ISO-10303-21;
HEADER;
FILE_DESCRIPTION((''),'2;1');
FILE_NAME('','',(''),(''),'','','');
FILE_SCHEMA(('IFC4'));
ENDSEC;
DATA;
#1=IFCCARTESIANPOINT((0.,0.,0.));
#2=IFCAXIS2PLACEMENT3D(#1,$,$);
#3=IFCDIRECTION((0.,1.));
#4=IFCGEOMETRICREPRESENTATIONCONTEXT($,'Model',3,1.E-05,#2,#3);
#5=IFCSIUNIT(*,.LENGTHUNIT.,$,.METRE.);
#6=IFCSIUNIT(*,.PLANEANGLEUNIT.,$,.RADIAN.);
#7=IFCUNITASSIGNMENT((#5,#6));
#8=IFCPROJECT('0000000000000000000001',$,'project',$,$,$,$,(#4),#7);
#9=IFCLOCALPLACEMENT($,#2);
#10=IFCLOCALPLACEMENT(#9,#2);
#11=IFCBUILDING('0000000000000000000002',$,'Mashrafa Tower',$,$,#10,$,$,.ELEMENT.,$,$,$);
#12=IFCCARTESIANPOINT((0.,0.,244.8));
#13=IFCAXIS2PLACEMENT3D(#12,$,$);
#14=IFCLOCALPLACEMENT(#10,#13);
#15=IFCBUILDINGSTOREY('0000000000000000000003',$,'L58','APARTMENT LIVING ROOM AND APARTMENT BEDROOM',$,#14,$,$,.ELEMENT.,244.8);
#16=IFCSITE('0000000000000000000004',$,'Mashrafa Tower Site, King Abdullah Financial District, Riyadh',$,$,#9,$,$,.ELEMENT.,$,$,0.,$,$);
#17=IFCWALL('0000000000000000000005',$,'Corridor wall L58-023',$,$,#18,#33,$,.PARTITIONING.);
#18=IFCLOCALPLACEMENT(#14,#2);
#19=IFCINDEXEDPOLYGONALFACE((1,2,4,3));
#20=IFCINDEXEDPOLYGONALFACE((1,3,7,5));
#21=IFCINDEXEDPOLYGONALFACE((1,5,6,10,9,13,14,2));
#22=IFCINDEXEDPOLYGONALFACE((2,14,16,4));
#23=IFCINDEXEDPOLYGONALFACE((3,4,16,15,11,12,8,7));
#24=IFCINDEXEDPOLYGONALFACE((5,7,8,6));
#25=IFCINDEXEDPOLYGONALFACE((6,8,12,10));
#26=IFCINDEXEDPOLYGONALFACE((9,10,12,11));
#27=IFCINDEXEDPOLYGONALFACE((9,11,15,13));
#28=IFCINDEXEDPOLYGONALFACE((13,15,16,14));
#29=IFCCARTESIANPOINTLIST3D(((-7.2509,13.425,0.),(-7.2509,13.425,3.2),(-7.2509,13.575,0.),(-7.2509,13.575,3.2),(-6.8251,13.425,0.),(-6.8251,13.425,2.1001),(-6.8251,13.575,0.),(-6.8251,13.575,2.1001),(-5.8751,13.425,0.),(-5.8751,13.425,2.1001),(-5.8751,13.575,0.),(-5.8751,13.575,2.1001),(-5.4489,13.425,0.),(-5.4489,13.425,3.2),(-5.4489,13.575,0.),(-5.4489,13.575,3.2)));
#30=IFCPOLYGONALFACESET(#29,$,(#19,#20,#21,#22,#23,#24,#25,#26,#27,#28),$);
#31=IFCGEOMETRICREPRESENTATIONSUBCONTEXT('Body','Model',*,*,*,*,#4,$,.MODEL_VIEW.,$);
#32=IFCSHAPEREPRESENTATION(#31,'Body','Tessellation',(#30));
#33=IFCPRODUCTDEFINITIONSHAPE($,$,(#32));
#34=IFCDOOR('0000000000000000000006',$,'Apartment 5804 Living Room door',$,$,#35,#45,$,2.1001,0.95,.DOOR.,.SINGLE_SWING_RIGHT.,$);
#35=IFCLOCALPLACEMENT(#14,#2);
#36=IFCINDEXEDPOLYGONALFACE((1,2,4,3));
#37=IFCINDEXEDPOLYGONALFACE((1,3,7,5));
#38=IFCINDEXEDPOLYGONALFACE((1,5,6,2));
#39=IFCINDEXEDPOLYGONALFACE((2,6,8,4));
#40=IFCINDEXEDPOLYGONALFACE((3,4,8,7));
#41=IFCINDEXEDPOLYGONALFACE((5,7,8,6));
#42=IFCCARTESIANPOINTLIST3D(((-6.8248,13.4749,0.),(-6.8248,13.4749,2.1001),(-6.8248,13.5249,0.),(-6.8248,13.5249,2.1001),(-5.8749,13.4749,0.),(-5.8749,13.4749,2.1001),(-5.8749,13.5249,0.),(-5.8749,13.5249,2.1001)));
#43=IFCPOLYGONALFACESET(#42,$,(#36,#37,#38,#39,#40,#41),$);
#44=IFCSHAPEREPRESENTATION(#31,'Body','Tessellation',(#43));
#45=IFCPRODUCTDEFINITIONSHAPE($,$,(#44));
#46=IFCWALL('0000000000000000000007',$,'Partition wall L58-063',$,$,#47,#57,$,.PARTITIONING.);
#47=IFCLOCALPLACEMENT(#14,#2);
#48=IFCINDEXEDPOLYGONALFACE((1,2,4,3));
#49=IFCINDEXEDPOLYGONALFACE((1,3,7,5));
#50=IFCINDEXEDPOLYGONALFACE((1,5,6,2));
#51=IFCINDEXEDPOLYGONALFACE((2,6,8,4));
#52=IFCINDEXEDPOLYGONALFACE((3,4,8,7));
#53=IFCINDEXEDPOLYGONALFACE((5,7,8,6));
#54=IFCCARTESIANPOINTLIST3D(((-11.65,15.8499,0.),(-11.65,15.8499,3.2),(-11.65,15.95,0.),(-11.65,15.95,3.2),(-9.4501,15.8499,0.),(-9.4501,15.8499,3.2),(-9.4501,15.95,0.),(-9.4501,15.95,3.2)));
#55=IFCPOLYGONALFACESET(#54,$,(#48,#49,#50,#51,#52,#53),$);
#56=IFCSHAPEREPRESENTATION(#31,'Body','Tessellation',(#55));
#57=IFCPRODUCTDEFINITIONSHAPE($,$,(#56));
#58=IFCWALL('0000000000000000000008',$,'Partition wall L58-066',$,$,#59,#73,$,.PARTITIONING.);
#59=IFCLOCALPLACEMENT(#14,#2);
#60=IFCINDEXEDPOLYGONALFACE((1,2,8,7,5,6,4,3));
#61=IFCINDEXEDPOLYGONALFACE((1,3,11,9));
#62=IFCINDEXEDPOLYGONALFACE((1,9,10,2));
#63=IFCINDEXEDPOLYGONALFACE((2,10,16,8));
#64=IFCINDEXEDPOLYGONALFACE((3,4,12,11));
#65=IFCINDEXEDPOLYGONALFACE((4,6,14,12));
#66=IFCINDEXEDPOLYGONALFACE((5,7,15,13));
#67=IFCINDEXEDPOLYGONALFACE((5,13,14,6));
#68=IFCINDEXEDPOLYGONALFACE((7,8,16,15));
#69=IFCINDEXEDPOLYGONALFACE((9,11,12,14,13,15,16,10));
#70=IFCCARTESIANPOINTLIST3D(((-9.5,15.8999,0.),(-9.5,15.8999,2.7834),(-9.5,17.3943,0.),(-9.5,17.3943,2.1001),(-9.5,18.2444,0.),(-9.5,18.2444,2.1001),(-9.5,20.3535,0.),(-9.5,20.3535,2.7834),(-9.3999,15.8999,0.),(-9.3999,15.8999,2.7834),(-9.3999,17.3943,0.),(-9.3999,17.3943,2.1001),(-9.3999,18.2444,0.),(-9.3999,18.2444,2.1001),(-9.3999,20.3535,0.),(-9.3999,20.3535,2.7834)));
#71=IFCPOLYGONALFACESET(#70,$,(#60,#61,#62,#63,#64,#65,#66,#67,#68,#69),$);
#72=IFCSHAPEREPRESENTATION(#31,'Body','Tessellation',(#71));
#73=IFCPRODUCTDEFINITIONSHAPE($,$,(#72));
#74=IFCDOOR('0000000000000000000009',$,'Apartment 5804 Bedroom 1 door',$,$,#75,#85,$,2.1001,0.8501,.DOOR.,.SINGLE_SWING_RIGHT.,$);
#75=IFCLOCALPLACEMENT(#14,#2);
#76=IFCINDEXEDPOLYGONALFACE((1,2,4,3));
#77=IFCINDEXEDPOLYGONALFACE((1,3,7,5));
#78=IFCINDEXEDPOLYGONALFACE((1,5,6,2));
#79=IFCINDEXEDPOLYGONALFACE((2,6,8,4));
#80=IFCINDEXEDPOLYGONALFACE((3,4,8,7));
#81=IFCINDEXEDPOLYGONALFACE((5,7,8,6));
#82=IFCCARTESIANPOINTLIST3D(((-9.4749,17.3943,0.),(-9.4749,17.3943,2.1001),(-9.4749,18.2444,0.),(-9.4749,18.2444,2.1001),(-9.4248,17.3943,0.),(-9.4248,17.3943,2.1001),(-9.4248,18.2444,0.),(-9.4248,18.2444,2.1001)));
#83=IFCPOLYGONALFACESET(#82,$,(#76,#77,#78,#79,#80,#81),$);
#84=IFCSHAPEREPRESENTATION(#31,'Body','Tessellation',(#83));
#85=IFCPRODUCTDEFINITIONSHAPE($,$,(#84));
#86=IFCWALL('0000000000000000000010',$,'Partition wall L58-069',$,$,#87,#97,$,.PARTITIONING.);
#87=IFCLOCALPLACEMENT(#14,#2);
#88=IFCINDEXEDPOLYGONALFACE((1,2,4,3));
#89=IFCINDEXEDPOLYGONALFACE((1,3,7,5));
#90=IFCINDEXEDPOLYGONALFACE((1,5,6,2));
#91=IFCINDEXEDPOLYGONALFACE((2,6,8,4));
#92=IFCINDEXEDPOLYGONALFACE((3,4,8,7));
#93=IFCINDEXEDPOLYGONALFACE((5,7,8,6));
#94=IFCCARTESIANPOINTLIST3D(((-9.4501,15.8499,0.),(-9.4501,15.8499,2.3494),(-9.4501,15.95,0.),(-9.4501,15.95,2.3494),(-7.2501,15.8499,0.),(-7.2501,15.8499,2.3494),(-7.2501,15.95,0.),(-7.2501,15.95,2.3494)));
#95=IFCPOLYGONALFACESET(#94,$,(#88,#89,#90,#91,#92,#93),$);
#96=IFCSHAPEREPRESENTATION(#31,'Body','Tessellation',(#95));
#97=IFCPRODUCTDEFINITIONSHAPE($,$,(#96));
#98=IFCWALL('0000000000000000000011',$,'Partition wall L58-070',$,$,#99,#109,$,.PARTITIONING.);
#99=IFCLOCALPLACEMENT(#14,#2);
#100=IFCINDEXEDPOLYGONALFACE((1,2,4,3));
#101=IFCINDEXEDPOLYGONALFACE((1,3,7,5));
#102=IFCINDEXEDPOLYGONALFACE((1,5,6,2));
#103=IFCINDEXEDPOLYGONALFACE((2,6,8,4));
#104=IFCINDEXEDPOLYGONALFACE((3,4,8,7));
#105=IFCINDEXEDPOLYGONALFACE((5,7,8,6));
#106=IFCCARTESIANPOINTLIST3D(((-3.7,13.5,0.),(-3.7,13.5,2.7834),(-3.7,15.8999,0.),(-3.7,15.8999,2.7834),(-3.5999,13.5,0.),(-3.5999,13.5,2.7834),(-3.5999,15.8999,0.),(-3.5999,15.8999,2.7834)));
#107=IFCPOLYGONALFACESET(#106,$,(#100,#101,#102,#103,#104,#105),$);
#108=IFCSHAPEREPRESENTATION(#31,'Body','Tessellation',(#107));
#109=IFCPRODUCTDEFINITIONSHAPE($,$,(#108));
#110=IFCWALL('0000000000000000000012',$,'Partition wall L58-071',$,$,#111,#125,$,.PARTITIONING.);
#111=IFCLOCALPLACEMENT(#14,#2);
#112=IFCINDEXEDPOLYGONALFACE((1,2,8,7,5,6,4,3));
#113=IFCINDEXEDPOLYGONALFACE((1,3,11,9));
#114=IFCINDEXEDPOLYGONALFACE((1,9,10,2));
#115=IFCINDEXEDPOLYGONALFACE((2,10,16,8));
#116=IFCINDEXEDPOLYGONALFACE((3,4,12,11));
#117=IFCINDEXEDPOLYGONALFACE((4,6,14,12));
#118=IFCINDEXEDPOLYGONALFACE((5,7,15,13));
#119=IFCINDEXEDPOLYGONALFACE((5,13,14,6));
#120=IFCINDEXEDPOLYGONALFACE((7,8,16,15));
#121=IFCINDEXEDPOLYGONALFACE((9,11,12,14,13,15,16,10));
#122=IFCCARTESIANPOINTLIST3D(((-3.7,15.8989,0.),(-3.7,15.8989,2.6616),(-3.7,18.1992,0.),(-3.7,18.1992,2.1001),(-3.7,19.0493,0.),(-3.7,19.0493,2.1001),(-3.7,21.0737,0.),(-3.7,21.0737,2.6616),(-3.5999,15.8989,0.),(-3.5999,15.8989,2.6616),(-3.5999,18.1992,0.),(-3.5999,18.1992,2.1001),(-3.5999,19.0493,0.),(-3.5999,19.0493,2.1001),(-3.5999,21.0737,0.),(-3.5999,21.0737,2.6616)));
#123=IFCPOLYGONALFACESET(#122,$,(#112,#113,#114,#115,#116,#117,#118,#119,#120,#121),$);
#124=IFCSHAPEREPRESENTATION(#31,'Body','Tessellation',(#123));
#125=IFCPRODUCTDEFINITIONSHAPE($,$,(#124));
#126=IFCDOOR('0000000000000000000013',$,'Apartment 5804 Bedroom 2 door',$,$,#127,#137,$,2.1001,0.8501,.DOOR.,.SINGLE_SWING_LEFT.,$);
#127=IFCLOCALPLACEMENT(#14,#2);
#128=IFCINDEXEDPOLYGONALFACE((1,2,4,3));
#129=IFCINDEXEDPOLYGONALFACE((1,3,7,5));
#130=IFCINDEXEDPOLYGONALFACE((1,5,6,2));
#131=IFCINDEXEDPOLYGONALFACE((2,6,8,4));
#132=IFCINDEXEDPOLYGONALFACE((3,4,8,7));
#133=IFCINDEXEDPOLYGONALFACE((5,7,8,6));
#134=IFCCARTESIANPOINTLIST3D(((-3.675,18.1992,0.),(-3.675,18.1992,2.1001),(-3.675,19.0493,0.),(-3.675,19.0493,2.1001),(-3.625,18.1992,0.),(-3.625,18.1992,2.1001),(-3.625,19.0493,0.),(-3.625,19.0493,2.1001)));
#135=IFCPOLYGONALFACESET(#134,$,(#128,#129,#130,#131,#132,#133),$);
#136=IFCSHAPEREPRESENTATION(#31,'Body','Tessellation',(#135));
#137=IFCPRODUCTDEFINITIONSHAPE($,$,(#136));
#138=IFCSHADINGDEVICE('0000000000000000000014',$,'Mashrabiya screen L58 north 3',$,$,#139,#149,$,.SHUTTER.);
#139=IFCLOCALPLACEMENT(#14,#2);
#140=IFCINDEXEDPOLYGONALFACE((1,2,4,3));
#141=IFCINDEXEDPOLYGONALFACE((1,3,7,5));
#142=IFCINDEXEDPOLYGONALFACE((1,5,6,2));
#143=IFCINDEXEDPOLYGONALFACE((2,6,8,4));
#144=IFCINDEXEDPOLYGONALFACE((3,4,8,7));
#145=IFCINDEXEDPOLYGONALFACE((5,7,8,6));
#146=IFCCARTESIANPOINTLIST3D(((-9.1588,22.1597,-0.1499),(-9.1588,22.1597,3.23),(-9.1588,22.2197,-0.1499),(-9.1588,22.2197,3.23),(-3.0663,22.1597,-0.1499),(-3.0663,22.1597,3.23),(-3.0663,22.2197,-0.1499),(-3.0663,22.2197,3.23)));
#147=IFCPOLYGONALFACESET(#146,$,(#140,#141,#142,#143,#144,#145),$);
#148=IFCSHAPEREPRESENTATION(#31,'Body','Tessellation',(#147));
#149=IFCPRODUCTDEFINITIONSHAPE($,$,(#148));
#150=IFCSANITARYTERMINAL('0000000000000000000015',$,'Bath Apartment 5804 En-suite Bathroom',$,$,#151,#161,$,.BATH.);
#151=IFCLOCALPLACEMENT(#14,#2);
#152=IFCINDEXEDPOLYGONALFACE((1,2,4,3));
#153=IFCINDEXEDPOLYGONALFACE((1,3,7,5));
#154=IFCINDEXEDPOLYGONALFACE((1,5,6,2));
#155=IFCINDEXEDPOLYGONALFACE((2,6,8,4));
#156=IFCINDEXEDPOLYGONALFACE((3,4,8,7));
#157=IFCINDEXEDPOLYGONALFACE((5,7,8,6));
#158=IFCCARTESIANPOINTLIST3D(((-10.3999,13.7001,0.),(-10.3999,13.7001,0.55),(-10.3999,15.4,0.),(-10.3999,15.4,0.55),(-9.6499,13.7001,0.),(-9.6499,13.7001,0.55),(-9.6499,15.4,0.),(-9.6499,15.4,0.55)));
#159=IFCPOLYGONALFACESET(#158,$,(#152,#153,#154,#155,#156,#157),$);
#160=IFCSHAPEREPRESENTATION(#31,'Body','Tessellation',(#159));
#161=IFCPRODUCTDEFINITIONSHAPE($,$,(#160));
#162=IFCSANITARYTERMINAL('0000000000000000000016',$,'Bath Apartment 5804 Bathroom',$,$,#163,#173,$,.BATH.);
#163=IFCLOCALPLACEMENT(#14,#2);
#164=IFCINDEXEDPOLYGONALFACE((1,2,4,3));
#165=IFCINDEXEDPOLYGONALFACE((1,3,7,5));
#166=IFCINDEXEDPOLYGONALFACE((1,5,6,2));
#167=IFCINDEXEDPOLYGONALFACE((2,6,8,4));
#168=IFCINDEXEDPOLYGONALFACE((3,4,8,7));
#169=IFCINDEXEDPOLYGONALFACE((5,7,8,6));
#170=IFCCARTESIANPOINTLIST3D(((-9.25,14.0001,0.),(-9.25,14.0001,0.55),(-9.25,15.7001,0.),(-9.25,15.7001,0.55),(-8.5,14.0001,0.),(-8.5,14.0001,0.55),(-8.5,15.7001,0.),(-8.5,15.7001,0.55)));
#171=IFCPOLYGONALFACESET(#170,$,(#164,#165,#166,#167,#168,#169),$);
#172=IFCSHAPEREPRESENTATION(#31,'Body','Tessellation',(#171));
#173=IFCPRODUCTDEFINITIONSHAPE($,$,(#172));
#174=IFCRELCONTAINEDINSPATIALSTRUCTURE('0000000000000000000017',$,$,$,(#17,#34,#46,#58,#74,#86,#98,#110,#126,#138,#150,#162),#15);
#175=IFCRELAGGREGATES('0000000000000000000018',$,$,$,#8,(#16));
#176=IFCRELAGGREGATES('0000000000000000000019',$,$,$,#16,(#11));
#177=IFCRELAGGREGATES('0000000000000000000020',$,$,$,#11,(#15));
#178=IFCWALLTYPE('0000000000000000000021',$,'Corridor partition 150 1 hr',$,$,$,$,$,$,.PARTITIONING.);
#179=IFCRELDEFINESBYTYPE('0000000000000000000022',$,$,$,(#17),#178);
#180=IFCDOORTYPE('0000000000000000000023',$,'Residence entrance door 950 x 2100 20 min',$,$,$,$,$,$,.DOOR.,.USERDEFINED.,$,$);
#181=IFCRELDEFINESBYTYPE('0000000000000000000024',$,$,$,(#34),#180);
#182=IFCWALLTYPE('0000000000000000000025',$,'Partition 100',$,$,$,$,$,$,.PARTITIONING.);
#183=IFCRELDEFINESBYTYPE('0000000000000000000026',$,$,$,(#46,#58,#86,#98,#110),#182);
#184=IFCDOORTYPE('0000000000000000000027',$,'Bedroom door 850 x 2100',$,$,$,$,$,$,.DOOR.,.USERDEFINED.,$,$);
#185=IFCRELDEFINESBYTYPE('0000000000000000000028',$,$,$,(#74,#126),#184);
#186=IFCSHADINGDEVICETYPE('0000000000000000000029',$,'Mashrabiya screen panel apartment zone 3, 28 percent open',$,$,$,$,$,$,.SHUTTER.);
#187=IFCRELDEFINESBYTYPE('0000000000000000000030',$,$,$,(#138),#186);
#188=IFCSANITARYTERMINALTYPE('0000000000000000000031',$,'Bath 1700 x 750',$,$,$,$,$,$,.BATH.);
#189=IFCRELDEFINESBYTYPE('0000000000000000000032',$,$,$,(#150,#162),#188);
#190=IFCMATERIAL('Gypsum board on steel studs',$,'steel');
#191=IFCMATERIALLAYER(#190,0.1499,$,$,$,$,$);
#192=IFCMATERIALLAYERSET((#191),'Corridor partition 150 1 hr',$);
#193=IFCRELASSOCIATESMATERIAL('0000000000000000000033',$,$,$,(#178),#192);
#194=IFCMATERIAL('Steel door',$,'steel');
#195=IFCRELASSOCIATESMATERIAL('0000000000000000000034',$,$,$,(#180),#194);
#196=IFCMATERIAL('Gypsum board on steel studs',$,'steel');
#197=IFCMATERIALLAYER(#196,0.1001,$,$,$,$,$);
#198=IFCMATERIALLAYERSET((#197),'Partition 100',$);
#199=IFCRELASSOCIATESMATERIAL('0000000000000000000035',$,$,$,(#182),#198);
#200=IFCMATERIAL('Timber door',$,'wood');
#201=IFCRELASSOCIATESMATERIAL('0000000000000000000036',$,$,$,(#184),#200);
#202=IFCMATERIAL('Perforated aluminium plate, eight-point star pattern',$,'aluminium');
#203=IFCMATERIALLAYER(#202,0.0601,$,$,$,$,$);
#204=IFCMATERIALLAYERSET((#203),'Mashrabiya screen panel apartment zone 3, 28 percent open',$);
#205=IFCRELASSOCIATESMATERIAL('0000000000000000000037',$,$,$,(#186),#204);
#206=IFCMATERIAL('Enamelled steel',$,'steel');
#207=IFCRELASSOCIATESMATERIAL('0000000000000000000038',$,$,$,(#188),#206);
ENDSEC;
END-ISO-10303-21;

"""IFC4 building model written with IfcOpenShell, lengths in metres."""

from ifc_helpers import new_model, si_unit, direction, frame, frame_2d, origin, origin_2d, place, context, subcontext, project, spatial, rectangle, extrude, source, transform, mapped, material, layer, layer_set, type_object, type_shapes, element, fill, save


model = new_model("IFC4")

# Units and contexts
model_context = context("Model", 3, precision=1e-05, world=origin(), true_north=direction((0.0, 1.0)))
body_context = subcontext(model_context, "Body", "Model", "MODEL_VIEW")
ifc_project = project(units=[si_unit("LENGTHUNIT", "METRE"), si_unit("PLANEANGLEUNIT", "RADIAN")], contexts=[model_context])

# Site, building, storey
site_placement = place(None, origin())
site = spatial("IfcSite", under=ifc_project, at=site_placement, Name="Mashrafa Tower Site, King Abdullah Financial District, Riyadh", CompositionType="ELEMENT", RefElevation=0.0)
building_placement = place(site_placement, origin())
building = spatial("IfcBuilding", under=site, at=building_placement, Name="Mashrafa Tower", CompositionType="ELEMENT")
storey_placement = place(building_placement, frame((0.0, 0.0, 244.8)))
storey = spatial("IfcBuildingStorey", under=building, at=storey_placement, Name="L58", Description="APARTMENT LIVING ROOM AND APARTMENT BEDROOM", CompositionType="ELEMENT", Elevation=244.8)

# Shared definitions
ifc_material_1 = material(Name="Gypsum board on steel studs", Category="steel")
ifc_layer_1 = layer(ifc_material_1, 0.1499)
ifc_layer_set_1 = layer_set([ifc_layer_1], Name="Corridor partition 150 1 hr")
wall_type_1 = type_object("IfcWallType", Name="Corridor partition 150 1 hr", PredefinedType="PARTITIONING", material=ifc_layer_set_1)

# Wall, opening, door
wall_1_placement = place(storey_placement, frame((-5.449, 13.5, 0.0), z_axis=(0.0, 0.0, 1.0), x_axis=(-1.0, 0.0, 0.0)))
wall_1 = element("IfcWall", 1, at=wall_1_placement, inside=storey, type_object=wall_type_1, Name="Corridor wall L58-023", PredefinedType="PARTITIONING", context=body_context, shape_type="SweptSolid", body=[
    extrude(rectangle(XDim=1.802, YDim=0.1499, at=frame_2d((0.9009, 0.0))), origin(), (0.0, 0.0, 1.0), 3.2),
])
opening_1_placement = place(wall_1_placement, frame((0.426, 0.0, 0.0)))
opening_1 = element("IfcOpeningElement", 2, at=opening_1_placement, cuts=wall_1, PredefinedType="OPENING", context=body_context, shape_type="SweptSolid", body=[
    extrude(rectangle(XDim=0.95, YDim=2.1001, at=frame_2d((0.4751, 1.05))), frame((0.0, 0.085, 0.0), z_axis=(0.0, -1.0, 0.0), x_axis=(1.0, 0.0, 0.0)), (0.0, 0.0, 1.0), 0.1699),
])
ifc_material_2 = material(Name="Steel door", Category="steel")
door_type_1 = type_object("IfcDoorType", Name="Residence entrance door 950 x 2100 20 min", OperationType="USERDEFINED", PredefinedType="DOOR", material=ifc_material_2)
door_1_placement = place(opening_1_placement, frame((0.95, 0.0, 0.0), z_axis=(0.0, 0.0, 1.0), x_axis=(-1.0, 0.0, 0.0)))
door_1 = element("IfcDoor", 3, at=door_1_placement, inside=storey, type_object=door_type_1, Name="Apartment 5804 Living Room door", OperationType="SINGLE_SWING_RIGHT", OverallHeight=2.1001, OverallWidth=0.95, PredefinedType="DOOR", context=body_context, shape_type="SweptSolid", body=[
    extrude(rectangle(XDim=0.95, YDim=2.1001, at=frame_2d((0.4751, 1.05))), frame((0.0, 0.0249, 0.0), z_axis=(0.0, -1.0, 0.0), x_axis=(1.0, 0.0, 0.0)), (0.0, 0.0, 1.0), 0.05),
])
fill(opening_1, door_1)

# Wall
ifc_material_3 = material(Name="Gypsum board on steel studs", Category="steel")
ifc_layer_2 = layer(ifc_material_3, 0.1001)
ifc_layer_set_2 = layer_set([ifc_layer_2], Name="Partition 100")
wall_type_2 = type_object("IfcWallType", Name="Partition 100", PredefinedType="PARTITIONING", material=ifc_layer_set_2)
wall_2_placement = place(storey_placement, frame((-9.45, 15.8999, 0.0), z_axis=(0.0, 0.0, 1.0), x_axis=(-1.0, 0.0, 0.0)))
element("IfcWall", 4, at=wall_2_placement, inside=storey, type_object=wall_type_2, Name="Partition wall L58-063", PredefinedType="PARTITIONING", context=body_context, shape_type="SweptSolid", body=[
    extrude(rectangle(XDim=2.2, YDim=0.1001, at=frame_2d((1.1001, 0.0))), origin(), (0.0, 0.0, 1.0), 3.2),
])

# Wall, opening, door
wall_3_placement = place(storey_placement, frame((-9.45, 15.8999, 0.0), z_axis=(0.0, 0.0, 1.0), x_axis=(0.0, 1.0, 0.0)))
wall_3 = element("IfcWall", 5, at=wall_3_placement, inside=storey, type_object=wall_type_2, Name="Partition wall L58-066", PredefinedType="PARTITIONING", context=body_context, shape_type="SweptSolid", body=[
    extrude(rectangle(XDim=4.4536, YDim=0.1001, at=frame_2d((2.2268, 0.0))), origin(), (0.0, 0.0, 1.0), 2.7834),
])
opening_2_placement = place(wall_3_placement, frame((1.4944, 0.0, 0.0)))
opening_2 = element("IfcOpeningElement", 6, at=opening_2_placement, cuts=wall_3, PredefinedType="OPENING", context=body_context, shape_type="SweptSolid", body=[
    extrude(rectangle(XDim=0.8501, YDim=2.1001, at=frame_2d((0.425, 1.05))), frame((0.0, 0.0601, 0.0), z_axis=(0.0, -1.0, 0.0), x_axis=(1.0, 0.0, 0.0)), (0.0, 0.0, 1.0), 0.1201),
])
ifc_material_4 = material(Name="Timber door", Category="wood")
door_type_2 = type_object("IfcDoorType", Name="Bedroom door 850 x 2100", OperationType="USERDEFINED", PredefinedType="DOOR", material=ifc_material_4)
door_2_placement = place(opening_2_placement, origin())
door_2 = element("IfcDoor", 7, at=door_2_placement, inside=storey, type_object=door_type_2, Name="Apartment 5804 Bedroom 1 door", OperationType="SINGLE_SWING_RIGHT", OverallHeight=2.1001, OverallWidth=0.8501, PredefinedType="DOOR", context=body_context, shape_type="SweptSolid", body=[
    extrude(rectangle(XDim=0.8501, YDim=2.1001, at=frame_2d((0.425, 1.05))), frame((0.0, 0.0249, 0.0), z_axis=(0.0, -1.0, 0.0), x_axis=(1.0, 0.0, 0.0)), (0.0, 0.0, 1.0), 0.05),
])
fill(opening_2, door_2)

# Walls
wall_4_placement = place(storey_placement, frame((-7.25, 15.8999, 0.0), z_axis=(0.0, 0.0, 1.0), x_axis=(-1.0, 0.0, 0.0)))
element("IfcWall", 8, at=wall_4_placement, inside=storey, type_object=wall_type_2, Name="Partition wall L58-069", PredefinedType="PARTITIONING", context=body_context, shape_type="SweptSolid", body=[
    extrude(rectangle(XDim=2.2, YDim=0.1001, at=frame_2d((1.1001, 0.0))), origin(), (0.0, 0.0, 1.0), 2.3494),
])
wall_5_placement = place(storey_placement, frame((-3.6499, 13.5, 0.0), z_axis=(0.0, 0.0, 1.0), x_axis=(0.0, 1.0, 0.0)))
element("IfcWall", 9, at=wall_5_placement, inside=storey, type_object=wall_type_2, Name="Partition wall L58-070", PredefinedType="PARTITIONING", context=body_context, shape_type="SweptSolid", body=[
    extrude(rectangle(XDim=2.3999, YDim=0.1001, at=frame_2d((1.2, 0.0))), origin(), (0.0, 0.0, 1.0), 2.7834),
])

# Wall, opening, door
wall_6_placement = place(storey_placement, frame((-3.6499, 21.0737, 0.0), z_axis=(0.0, 0.0, 1.0), x_axis=(0.0, -1.0, 0.0)))
wall_6 = element("IfcWall", 10, at=wall_6_placement, inside=storey, type_object=wall_type_2, Name="Partition wall L58-071", PredefinedType="PARTITIONING", context=body_context, shape_type="SweptSolid", body=[
    extrude(rectangle(XDim=5.1748, YDim=0.1001, at=frame_2d((2.5874, 0.0))), origin(), (0.0, 0.0, 1.0), 2.6616),
])
opening_3_placement = place(wall_6_placement, frame((2.0244, 0.0, 0.0)))
opening_3 = element("IfcOpeningElement", 11, at=opening_3_placement, cuts=wall_6, PredefinedType="OPENING", context=body_context, shape_type="SweptSolid", body=[
    extrude(rectangle(XDim=0.8501, YDim=2.1001, at=frame_2d((0.425, 1.05))), frame((0.0, 0.0601, 0.0), z_axis=(0.0, -1.0, 0.0), x_axis=(1.0, 0.0, 0.0)), (0.0, 0.0, 1.0), 0.1201),
])
door_3_placement = place(opening_3_placement, origin())
door_3 = element("IfcDoor", 12, at=door_3_placement, inside=storey, type_object=door_type_2, Name="Apartment 5804 Bedroom 2 door", OperationType="SINGLE_SWING_LEFT", OverallHeight=2.1001, OverallWidth=0.8501, PredefinedType="DOOR", context=body_context, shape_type="SweptSolid", body=[
    extrude(rectangle(XDim=0.8501, YDim=2.1001, at=frame_2d((0.425, 1.05))), frame((0.0, 0.0249, 0.0), z_axis=(0.0, -1.0, 0.0), x_axis=(1.0, 0.0, 0.0)), (0.0, 0.0, 1.0), 0.05),
])
fill(opening_3, door_3)

# Shading device
ifc_material_5 = material(Name="Perforated aluminium plate, eight-point star pattern", Category="aluminium")
ifc_layer_3 = layer(ifc_material_5, 0.0601)
ifc_layer_set_3 = layer_set([ifc_layer_3], Name="Mashrabiya screen panel apartment zone 3, 28 percent open")
shading_device_type = type_object("IfcShadingDeviceType", Name="Mashrabiya screen panel apartment zone 3, 28 percent open", PredefinedType="SHUTTER", material=ifc_layer_set_3)
shared_shape_1 = source(origin(), body_context, "Body", "SweptSolid", [
    extrude(rectangle(XDim=6.0925, YDim=0.0601, at=origin_2d()), origin(), (0.0, 0.0, 1.0), 3.3799),
])
type_shapes(shading_device_type, [shared_shape_1])
shading_device_placement = place(storey_placement, frame((-6.1125, 22.1897, -0.1499), z_axis=(0.0, 0.0, 1.0), x_axis=(-1.0, 0.0, 0.0)))
element("IfcShadingDevice", 13, at=shading_device_placement, inside=storey, type_object=shading_device_type, Name="Mashrabiya screen L58 north 3", PredefinedType="SHUTTER", context=body_context, shape_type="MappedRepresentation", body=[
    mapped(shared_shape_1, transform((0.0, 0.0, 0.0))),
])

# Sanitary terminals
ifc_material_6 = material(Name="Enamelled steel", Category="steel")
sanitary_terminal_type_1 = type_object("IfcSanitaryTerminalType", Name="Bath 1700 x 750", PredefinedType="BATH", material=ifc_material_6)
for number, where, z_axis, x_axis, name in (
    (14, (-10.0249, 14.55, 0.0), (0.0, 0.0, 1.0), (0.0, 1.0, 0.0), "Bath Apartment 5804 En-suite Bathroom"),
    (15, (-8.875, 14.8501, 0.0), (0.0, 0.0, 1.0), (0.0, -1.0, 0.0), "Bath Apartment 5804 Bathroom"),
):
    element("IfcSanitaryTerminal", number, at=place(storey_placement, frame(where, z_axis=z_axis, x_axis=x_axis)), inside=storey, type_object=sanitary_terminal_type_1, Name=name, PredefinedType="BATH", context=body_context, shape_type="SweptSolid", body=[
        extrude(rectangle(XDim=1.7, YDim=0.75, at=origin_2d()), origin(), (0.0, 0.0, 1.0), 0.55),
    ])

save(model, "model.ifc")
